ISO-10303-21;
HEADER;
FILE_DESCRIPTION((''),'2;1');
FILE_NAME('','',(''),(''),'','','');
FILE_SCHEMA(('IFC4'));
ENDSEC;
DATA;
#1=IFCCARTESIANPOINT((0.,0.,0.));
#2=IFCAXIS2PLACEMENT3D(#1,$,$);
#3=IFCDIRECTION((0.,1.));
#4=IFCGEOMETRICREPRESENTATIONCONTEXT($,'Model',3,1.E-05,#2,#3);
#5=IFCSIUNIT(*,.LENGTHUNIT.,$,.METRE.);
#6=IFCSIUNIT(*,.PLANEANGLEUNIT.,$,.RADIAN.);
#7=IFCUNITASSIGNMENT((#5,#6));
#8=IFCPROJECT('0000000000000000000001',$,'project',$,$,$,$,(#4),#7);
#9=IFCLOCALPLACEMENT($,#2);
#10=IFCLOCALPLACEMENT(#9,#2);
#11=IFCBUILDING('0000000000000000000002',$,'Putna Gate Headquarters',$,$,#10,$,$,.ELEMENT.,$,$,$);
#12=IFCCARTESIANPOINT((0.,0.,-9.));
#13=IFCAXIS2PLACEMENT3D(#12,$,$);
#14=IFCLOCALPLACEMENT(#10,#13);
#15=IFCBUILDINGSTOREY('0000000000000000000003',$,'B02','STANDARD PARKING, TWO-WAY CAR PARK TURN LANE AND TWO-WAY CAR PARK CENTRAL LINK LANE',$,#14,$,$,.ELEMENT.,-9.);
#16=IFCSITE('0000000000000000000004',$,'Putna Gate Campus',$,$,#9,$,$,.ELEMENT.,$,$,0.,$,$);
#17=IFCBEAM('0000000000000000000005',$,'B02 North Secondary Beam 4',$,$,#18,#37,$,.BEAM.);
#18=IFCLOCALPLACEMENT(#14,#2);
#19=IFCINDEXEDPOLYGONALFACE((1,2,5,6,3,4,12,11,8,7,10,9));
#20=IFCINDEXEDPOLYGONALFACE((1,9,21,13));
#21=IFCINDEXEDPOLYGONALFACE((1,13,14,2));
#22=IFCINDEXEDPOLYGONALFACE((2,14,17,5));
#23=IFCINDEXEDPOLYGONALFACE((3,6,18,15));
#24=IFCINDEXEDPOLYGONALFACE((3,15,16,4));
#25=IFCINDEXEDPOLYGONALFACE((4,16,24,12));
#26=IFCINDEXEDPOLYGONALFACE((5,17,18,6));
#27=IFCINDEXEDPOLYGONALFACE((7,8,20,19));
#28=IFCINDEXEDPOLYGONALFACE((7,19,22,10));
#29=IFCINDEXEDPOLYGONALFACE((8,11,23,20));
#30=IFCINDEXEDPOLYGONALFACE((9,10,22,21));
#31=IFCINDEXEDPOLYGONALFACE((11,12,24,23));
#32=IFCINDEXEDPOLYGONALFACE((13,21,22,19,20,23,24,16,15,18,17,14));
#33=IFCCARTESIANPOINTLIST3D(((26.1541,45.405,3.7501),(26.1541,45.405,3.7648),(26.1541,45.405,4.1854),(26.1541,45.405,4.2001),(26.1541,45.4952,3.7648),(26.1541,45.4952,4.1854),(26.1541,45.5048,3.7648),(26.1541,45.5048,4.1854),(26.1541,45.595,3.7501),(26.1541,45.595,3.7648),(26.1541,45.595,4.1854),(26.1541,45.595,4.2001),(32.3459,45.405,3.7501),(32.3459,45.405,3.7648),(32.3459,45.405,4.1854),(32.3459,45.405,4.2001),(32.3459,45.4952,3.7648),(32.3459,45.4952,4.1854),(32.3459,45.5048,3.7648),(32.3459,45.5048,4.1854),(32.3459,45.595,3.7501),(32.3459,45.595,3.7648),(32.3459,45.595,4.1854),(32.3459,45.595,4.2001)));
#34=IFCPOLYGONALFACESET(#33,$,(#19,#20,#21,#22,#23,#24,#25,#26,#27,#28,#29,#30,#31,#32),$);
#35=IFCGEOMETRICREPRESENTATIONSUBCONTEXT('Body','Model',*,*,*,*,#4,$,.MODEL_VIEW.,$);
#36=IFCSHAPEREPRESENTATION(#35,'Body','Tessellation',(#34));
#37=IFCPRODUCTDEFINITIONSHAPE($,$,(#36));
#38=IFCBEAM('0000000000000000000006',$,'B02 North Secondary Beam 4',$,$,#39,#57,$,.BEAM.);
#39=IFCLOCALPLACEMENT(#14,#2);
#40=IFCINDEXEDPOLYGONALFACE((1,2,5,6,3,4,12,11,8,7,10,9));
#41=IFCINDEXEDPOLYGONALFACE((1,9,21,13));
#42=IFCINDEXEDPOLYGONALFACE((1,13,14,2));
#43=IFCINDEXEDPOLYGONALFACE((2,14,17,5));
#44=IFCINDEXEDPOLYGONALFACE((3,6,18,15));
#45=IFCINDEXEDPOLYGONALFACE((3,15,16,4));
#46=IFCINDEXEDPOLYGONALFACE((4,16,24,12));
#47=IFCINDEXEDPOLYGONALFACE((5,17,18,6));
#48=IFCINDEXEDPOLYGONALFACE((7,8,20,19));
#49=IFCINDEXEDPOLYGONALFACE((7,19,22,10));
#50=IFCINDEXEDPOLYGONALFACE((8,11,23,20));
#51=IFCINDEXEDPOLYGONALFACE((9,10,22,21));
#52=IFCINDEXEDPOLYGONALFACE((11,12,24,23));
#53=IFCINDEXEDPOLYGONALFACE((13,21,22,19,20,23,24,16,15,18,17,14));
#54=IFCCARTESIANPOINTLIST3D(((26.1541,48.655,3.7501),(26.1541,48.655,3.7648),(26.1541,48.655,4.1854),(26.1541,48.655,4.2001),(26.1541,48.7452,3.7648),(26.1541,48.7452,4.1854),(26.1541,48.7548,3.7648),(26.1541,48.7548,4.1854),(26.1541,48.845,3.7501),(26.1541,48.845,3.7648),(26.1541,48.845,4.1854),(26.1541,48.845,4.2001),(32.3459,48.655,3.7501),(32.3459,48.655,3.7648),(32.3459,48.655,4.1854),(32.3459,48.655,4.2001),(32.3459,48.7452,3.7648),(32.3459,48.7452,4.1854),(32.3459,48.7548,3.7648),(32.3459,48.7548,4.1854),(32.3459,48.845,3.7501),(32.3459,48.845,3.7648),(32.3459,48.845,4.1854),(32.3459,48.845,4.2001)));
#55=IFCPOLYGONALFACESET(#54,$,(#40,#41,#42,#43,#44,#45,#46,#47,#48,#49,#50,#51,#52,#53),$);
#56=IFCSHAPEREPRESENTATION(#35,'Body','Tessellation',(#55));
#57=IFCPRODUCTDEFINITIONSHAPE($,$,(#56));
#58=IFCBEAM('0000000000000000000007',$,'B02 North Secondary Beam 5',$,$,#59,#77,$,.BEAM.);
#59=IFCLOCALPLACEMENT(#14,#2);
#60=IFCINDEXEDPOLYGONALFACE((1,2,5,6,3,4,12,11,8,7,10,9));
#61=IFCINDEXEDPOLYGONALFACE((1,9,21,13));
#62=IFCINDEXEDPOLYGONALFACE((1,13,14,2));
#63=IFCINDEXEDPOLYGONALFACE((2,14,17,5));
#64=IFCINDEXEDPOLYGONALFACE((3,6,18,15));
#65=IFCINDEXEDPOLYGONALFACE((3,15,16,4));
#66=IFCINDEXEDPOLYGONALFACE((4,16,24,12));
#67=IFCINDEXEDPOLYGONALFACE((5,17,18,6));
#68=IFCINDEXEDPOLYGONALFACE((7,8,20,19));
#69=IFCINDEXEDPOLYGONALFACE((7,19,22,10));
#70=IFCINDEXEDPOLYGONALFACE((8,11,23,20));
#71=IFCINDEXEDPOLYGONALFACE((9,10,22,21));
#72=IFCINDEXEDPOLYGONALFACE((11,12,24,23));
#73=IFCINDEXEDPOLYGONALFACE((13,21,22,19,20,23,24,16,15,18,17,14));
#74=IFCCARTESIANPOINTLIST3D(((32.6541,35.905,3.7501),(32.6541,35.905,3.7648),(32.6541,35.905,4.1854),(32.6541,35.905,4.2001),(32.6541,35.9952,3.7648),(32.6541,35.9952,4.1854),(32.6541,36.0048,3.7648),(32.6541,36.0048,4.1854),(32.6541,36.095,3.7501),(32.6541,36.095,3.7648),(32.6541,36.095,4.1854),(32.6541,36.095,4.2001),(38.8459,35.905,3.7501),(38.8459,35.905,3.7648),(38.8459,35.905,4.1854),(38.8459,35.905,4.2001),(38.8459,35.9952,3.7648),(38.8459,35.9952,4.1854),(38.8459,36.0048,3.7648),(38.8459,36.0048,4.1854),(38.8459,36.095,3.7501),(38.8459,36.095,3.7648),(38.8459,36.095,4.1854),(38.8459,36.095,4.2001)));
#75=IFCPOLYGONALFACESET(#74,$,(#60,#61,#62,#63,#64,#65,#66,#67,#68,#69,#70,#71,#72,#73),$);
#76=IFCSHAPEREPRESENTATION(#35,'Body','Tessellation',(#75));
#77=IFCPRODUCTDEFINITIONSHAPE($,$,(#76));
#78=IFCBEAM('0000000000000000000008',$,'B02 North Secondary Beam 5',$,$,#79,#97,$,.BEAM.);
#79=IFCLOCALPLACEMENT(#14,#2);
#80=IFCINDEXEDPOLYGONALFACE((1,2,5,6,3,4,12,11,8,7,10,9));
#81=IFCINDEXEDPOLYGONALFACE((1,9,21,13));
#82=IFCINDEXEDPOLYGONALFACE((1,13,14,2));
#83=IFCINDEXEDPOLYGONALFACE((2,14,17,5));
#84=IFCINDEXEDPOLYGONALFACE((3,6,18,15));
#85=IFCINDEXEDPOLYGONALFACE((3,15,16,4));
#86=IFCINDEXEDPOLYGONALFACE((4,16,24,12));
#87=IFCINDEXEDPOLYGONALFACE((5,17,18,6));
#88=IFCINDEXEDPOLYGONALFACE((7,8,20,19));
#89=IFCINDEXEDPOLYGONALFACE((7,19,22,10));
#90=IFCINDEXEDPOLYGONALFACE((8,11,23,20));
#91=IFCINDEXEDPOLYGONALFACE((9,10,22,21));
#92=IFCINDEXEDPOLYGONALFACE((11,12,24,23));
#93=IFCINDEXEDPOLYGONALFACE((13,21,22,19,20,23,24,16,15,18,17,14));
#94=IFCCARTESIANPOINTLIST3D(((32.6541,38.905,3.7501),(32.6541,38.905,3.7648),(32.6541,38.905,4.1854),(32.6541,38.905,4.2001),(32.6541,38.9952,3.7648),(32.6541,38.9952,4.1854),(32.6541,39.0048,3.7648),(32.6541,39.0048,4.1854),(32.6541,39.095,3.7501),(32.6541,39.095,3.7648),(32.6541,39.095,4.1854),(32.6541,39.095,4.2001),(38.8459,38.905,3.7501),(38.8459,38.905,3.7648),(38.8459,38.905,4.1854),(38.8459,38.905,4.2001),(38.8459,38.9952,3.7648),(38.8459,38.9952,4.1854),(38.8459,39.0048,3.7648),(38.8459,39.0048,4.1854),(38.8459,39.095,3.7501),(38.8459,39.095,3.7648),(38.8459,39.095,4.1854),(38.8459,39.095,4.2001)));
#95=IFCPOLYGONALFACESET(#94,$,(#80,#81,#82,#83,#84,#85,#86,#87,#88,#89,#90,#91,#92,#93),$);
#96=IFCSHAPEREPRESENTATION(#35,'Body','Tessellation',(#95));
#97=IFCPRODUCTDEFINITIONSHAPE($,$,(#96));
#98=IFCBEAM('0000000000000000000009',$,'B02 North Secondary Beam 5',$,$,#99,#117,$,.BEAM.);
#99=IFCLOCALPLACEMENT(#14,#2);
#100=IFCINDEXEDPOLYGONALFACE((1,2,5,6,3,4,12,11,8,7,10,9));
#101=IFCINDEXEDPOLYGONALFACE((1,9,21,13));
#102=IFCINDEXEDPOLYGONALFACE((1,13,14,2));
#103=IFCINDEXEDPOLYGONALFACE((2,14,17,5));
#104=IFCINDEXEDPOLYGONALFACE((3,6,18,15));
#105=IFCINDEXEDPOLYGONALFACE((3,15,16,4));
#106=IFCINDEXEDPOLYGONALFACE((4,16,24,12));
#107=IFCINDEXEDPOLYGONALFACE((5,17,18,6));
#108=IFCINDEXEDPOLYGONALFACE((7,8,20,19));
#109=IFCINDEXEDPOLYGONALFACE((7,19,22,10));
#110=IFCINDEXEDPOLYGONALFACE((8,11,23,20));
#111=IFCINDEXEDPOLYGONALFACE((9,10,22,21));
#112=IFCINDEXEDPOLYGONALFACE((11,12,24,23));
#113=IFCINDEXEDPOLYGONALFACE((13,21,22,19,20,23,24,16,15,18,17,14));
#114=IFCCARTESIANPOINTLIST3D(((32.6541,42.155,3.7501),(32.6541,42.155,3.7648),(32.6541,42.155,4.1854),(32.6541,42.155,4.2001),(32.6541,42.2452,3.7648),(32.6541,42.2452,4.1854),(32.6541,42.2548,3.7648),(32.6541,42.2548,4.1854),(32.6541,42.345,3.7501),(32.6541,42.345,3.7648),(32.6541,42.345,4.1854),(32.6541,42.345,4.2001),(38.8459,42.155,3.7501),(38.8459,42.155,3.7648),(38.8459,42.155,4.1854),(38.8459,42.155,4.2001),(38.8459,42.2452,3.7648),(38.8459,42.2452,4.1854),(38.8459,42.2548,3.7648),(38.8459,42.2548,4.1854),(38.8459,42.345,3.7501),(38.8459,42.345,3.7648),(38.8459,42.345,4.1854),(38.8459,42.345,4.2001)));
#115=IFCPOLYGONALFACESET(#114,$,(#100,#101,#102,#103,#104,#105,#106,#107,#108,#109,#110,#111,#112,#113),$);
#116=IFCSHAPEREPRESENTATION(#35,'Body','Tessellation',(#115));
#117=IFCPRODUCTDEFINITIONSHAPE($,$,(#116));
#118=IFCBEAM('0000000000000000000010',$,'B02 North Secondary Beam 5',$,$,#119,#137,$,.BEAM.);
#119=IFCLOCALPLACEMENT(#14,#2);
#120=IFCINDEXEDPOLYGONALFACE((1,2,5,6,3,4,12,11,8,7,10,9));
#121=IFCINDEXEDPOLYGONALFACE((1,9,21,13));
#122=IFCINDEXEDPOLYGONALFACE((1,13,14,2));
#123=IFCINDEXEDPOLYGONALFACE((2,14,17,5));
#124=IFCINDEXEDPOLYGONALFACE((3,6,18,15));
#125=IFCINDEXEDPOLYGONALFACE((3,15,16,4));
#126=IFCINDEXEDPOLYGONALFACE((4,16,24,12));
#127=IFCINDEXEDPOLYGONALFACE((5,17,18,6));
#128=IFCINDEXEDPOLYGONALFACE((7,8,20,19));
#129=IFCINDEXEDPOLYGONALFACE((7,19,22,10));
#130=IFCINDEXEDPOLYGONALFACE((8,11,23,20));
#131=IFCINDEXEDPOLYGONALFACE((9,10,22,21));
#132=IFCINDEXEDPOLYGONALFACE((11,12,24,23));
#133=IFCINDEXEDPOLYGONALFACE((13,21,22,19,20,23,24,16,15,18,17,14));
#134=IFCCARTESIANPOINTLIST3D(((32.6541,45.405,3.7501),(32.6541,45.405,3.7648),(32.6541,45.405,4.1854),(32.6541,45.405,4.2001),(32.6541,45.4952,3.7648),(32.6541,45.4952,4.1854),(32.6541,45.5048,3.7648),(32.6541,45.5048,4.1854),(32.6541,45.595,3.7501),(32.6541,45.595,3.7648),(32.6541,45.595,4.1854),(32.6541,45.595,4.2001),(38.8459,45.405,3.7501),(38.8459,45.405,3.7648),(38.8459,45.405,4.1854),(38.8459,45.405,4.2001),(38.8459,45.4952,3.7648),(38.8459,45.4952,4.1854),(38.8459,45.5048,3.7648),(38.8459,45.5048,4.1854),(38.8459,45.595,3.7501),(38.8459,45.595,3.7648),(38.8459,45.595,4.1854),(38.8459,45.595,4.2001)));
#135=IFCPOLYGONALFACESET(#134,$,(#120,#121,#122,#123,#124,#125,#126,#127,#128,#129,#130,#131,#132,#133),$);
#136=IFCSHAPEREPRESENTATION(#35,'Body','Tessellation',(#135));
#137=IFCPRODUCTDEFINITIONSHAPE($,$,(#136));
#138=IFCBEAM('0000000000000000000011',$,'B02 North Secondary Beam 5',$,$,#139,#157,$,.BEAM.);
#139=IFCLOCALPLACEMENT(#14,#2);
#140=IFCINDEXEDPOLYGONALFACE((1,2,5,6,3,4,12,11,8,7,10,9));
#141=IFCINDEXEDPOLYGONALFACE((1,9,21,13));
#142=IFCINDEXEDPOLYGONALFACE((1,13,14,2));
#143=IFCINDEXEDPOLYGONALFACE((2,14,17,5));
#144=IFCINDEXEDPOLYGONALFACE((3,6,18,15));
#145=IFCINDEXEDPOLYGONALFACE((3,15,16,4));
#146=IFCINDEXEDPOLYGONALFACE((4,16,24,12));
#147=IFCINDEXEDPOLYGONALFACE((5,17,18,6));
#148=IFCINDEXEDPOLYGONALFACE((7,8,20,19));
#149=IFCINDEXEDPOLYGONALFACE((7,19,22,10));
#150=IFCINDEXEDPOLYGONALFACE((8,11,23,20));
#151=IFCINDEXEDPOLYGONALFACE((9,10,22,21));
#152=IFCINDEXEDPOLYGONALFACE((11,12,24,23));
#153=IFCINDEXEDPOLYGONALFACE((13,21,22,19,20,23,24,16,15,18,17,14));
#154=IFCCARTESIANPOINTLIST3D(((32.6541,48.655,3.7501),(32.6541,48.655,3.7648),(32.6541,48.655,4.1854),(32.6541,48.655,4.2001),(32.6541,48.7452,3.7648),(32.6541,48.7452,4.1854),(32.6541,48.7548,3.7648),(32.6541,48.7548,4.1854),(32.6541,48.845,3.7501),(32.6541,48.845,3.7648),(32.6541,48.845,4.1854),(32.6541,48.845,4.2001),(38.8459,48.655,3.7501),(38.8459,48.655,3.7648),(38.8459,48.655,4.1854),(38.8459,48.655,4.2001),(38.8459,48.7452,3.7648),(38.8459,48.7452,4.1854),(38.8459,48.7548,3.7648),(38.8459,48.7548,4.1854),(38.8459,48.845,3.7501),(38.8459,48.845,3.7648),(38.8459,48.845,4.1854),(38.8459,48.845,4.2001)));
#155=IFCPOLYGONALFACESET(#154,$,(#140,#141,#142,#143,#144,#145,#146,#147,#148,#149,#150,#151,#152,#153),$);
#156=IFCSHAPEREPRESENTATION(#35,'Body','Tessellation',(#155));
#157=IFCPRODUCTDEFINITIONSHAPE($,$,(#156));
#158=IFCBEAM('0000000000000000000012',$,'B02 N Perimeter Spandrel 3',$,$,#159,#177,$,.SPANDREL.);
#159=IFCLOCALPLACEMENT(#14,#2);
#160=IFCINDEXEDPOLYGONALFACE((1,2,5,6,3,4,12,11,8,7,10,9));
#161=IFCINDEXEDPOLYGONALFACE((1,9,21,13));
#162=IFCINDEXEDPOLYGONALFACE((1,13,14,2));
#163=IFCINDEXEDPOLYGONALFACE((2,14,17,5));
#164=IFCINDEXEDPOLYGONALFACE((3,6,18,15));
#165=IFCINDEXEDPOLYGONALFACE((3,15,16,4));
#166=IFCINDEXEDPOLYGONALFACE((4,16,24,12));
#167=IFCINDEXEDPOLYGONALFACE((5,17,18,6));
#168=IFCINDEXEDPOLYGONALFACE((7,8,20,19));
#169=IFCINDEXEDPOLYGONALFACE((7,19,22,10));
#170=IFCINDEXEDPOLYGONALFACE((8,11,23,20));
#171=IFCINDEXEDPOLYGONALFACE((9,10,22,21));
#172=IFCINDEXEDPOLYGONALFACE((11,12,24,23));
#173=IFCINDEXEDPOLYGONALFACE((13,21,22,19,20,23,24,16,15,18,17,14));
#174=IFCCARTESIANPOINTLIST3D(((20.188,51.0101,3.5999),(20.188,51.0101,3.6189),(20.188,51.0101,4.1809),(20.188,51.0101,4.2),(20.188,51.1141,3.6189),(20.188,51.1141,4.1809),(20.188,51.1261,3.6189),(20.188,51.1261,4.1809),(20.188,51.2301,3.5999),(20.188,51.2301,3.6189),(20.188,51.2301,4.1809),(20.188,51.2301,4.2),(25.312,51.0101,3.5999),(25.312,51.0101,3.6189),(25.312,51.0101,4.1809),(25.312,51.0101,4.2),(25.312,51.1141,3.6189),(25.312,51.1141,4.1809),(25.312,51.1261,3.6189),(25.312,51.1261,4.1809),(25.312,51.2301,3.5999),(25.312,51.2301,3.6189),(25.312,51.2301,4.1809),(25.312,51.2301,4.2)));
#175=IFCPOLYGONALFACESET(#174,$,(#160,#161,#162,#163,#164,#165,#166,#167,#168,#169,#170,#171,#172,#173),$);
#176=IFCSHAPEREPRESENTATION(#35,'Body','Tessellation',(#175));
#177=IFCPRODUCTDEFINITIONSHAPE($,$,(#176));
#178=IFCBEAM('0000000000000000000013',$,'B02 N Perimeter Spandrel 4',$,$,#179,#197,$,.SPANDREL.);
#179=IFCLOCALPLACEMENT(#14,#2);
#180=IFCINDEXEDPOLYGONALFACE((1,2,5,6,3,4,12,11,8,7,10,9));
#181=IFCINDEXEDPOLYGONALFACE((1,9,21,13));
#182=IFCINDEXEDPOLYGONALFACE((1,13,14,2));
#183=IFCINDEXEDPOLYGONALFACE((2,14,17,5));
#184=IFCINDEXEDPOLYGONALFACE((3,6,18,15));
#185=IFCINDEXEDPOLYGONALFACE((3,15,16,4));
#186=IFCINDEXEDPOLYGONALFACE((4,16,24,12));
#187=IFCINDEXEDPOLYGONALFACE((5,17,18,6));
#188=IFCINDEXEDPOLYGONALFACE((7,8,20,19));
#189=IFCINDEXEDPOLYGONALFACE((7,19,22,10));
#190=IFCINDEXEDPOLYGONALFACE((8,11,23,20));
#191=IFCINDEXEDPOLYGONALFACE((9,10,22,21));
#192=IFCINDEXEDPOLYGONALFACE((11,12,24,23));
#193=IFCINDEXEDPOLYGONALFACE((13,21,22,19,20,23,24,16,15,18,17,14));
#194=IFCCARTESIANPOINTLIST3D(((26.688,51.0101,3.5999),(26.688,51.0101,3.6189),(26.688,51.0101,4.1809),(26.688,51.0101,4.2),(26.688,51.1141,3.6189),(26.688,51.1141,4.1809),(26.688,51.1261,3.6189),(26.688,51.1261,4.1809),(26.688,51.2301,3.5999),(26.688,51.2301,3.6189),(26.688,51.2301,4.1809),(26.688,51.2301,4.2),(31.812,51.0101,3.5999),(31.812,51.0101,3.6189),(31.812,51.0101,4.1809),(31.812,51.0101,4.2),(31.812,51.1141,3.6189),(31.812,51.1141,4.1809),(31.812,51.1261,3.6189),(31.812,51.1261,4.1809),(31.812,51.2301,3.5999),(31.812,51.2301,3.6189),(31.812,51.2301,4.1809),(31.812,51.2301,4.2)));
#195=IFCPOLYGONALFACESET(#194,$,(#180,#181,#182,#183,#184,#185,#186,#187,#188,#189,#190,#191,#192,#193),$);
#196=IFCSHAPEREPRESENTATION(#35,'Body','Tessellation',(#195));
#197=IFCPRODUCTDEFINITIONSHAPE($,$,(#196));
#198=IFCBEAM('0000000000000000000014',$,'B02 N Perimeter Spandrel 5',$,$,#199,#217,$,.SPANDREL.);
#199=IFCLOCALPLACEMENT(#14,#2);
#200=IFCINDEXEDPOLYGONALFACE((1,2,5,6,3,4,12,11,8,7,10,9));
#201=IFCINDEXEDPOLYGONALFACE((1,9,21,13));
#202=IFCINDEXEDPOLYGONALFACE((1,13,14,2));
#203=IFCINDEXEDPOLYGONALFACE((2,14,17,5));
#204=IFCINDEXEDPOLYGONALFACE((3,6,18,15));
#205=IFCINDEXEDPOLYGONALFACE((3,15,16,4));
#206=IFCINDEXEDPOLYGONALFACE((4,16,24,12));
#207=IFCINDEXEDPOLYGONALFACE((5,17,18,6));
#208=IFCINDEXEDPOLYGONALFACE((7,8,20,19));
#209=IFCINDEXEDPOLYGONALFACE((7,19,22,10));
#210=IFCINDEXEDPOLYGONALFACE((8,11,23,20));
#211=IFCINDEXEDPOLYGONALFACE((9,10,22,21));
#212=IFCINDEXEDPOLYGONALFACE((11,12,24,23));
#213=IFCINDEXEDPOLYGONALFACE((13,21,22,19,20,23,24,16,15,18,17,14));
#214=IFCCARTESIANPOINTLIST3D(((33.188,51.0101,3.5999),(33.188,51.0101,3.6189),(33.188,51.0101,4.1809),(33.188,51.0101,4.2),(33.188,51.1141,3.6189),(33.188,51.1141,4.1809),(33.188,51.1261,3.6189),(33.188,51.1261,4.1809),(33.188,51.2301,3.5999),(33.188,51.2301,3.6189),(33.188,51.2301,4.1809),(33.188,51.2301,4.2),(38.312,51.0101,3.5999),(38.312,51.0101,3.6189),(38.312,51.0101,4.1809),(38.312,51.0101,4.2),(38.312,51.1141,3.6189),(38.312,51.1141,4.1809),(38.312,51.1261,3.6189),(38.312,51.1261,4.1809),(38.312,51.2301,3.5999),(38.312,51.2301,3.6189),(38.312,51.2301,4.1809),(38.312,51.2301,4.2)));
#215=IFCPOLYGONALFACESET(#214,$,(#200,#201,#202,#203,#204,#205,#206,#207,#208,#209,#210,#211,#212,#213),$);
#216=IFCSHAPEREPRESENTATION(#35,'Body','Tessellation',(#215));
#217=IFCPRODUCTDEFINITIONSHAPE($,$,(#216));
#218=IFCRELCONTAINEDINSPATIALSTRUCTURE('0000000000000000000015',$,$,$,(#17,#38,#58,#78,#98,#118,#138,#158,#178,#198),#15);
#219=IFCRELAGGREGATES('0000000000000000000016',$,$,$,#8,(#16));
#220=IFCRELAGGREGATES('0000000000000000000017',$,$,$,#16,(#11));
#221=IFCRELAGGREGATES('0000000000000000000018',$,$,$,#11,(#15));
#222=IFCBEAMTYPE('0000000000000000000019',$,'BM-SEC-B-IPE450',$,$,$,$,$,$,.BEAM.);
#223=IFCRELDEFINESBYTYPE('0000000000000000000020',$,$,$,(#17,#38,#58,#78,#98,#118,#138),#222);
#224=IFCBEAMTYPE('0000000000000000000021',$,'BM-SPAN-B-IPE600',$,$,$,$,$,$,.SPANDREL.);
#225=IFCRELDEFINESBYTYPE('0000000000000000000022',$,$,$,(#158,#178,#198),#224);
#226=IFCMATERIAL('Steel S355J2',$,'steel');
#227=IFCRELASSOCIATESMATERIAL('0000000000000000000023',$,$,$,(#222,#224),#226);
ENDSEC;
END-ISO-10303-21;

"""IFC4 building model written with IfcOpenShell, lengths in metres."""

from ifc_helpers import new_model, si_unit, direction, frame, origin, origin_2d, place, context, subcontext, project, spatial, i_section, extrude, material, material_profile, profile_set, type_object, element, save


model = new_model("IFC4")

# Units and contexts
model_context = context("Model", 3, precision=1e-05, world=origin(), true_north=direction((0.0, 1.0)))
body_context = subcontext(model_context, "Body", "Model", "MODEL_VIEW")
ifc_project = project(units=[si_unit("LENGTHUNIT", "METRE"), si_unit("PLANEANGLEUNIT", "RADIAN")], contexts=[model_context])

# Site, building, storey
site_placement = place(None, origin())
site = spatial("IfcSite", under=ifc_project, at=site_placement, Name="Putna Gate Campus", CompositionType="ELEMENT", RefElevation=0.0)
building_placement = place(site_placement, origin())
building = spatial("IfcBuilding", under=site, at=building_placement, Name="Putna Gate Headquarters", CompositionType="ELEMENT")
storey_placement = place(building_placement, frame((0.0, 0.0, -9.0)))
storey = spatial("IfcBuildingStorey", under=building, at=storey_placement, Name="B02", Description="STANDARD PARKING, TWO-WAY CAR PARK TURN LANE AND TWO-WAY CAR PARK CENTRAL LINK LANE", CompositionType="ELEMENT", Elevation=-9.0)

# Beams
ifc_material_1 = material(Name="Steel S355J2", Category="steel")
ifc_material_profile_1 = material_profile(ifc_material_1, i_section(OverallWidth=0.1899, OverallDepth=0.45, WebThickness=0.0095, FlangeThickness=0.0146, at=origin_2d()), Name="Steel S355J2")
ifc_profile_set_1 = profile_set([ifc_material_profile_1], Name="Steel S355J2")
beam_type_1 = type_object("IfcBeamType", Name="BM-SEC-B-IPE450", PredefinedType="BEAM", material=ifc_profile_set_1)
for number, where, z_axis, x_axis, name in (
    (1, (26.1541, 45.5, 3.9751), (1.0, 0.0, 0.0), (0.0, 1.0, 0.0), "B02 North Secondary Beam 4"),
    (2, (26.1541, 48.75, 3.9751), (1.0, 0.0, 0.0), (0.0, 1.0, 0.0), "B02 North Secondary Beam 4"),
    (3, (32.6541, 36.0, 3.9751), (1.0, 0.0, 0.0), (0.0, 1.0, 0.0), "B02 North Secondary Beam 5"),
    (4, (32.6541, 39.0, 3.9751), (1.0, 0.0, 0.0), (0.0, 1.0, 0.0), "B02 North Secondary Beam 5"),
    (5, (32.6541, 42.25, 3.9751), (1.0, 0.0, 0.0), (0.0, 1.0, 0.0), "B02 North Secondary Beam 5"),
    (6, (32.6541, 45.5, 3.9751), (1.0, 0.0, 0.0), (0.0, 1.0, 0.0), "B02 North Secondary Beam 5"),
    (7, (32.6541, 48.75, 3.9751), (1.0, 0.0, 0.0), (0.0, 1.0, 0.0), "B02 North Secondary Beam 5"),
):
    element("IfcBeam", number, at=place(storey_placement, frame(where, z_axis=z_axis, x_axis=x_axis)), inside=storey, type_object=beam_type_1, Name=name, PredefinedType="BEAM", context=body_context, shape_type="SweptSolid", body=[
        extrude(i_section(OverallWidth=0.1899, OverallDepth=0.45, WebThickness=0.0095, FlangeThickness=0.0146, at=origin_2d()), origin(), (0.0, 0.0, 1.0), 6.1919),
    ])
ifc_material_profile_2 = material_profile(ifc_material_1, i_section(OverallWidth=0.22, OverallDepth=0.6001, WebThickness=0.012, FlangeThickness=0.019, at=origin_2d()), Name="Steel S355J2")
ifc_profile_set_2 = profile_set([ifc_material_profile_2], Name="Steel S355J2")
beam_type_2 = type_object("IfcBeamType", Name="BM-SPAN-B-IPE600", PredefinedType="SPANDREL", material=ifc_profile_set_2)
for number, where, z_axis, x_axis, name in (
    (8, (20.188, 51.1201, 3.8999), (1.0, 0.0, 0.0), (0.0, 1.0, 0.0), "B02 N Perimeter Spandrel 3"),
    (9, (26.688, 51.1201, 3.8999), (1.0, 0.0, 0.0), (0.0, 1.0, 0.0), "B02 N Perimeter Spandrel 4"),
    (10, (33.188, 51.1201, 3.8999), (1.0, 0.0, 0.0), (0.0, 1.0, 0.0), "B02 N Perimeter Spandrel 5"),
):
    element("IfcBeam", number, at=place(storey_placement, frame(where, z_axis=z_axis, x_axis=x_axis)), inside=storey, type_object=beam_type_2, Name=name, PredefinedType="SPANDREL", context=body_context, shape_type="SweptSolid", body=[
        extrude(i_section(OverallWidth=0.22, OverallDepth=0.6001, WebThickness=0.012, FlangeThickness=0.019, at=origin_2d()), origin(), (0.0, 0.0, 1.0), 5.124),
    ])

save(model, "model.ifc")
